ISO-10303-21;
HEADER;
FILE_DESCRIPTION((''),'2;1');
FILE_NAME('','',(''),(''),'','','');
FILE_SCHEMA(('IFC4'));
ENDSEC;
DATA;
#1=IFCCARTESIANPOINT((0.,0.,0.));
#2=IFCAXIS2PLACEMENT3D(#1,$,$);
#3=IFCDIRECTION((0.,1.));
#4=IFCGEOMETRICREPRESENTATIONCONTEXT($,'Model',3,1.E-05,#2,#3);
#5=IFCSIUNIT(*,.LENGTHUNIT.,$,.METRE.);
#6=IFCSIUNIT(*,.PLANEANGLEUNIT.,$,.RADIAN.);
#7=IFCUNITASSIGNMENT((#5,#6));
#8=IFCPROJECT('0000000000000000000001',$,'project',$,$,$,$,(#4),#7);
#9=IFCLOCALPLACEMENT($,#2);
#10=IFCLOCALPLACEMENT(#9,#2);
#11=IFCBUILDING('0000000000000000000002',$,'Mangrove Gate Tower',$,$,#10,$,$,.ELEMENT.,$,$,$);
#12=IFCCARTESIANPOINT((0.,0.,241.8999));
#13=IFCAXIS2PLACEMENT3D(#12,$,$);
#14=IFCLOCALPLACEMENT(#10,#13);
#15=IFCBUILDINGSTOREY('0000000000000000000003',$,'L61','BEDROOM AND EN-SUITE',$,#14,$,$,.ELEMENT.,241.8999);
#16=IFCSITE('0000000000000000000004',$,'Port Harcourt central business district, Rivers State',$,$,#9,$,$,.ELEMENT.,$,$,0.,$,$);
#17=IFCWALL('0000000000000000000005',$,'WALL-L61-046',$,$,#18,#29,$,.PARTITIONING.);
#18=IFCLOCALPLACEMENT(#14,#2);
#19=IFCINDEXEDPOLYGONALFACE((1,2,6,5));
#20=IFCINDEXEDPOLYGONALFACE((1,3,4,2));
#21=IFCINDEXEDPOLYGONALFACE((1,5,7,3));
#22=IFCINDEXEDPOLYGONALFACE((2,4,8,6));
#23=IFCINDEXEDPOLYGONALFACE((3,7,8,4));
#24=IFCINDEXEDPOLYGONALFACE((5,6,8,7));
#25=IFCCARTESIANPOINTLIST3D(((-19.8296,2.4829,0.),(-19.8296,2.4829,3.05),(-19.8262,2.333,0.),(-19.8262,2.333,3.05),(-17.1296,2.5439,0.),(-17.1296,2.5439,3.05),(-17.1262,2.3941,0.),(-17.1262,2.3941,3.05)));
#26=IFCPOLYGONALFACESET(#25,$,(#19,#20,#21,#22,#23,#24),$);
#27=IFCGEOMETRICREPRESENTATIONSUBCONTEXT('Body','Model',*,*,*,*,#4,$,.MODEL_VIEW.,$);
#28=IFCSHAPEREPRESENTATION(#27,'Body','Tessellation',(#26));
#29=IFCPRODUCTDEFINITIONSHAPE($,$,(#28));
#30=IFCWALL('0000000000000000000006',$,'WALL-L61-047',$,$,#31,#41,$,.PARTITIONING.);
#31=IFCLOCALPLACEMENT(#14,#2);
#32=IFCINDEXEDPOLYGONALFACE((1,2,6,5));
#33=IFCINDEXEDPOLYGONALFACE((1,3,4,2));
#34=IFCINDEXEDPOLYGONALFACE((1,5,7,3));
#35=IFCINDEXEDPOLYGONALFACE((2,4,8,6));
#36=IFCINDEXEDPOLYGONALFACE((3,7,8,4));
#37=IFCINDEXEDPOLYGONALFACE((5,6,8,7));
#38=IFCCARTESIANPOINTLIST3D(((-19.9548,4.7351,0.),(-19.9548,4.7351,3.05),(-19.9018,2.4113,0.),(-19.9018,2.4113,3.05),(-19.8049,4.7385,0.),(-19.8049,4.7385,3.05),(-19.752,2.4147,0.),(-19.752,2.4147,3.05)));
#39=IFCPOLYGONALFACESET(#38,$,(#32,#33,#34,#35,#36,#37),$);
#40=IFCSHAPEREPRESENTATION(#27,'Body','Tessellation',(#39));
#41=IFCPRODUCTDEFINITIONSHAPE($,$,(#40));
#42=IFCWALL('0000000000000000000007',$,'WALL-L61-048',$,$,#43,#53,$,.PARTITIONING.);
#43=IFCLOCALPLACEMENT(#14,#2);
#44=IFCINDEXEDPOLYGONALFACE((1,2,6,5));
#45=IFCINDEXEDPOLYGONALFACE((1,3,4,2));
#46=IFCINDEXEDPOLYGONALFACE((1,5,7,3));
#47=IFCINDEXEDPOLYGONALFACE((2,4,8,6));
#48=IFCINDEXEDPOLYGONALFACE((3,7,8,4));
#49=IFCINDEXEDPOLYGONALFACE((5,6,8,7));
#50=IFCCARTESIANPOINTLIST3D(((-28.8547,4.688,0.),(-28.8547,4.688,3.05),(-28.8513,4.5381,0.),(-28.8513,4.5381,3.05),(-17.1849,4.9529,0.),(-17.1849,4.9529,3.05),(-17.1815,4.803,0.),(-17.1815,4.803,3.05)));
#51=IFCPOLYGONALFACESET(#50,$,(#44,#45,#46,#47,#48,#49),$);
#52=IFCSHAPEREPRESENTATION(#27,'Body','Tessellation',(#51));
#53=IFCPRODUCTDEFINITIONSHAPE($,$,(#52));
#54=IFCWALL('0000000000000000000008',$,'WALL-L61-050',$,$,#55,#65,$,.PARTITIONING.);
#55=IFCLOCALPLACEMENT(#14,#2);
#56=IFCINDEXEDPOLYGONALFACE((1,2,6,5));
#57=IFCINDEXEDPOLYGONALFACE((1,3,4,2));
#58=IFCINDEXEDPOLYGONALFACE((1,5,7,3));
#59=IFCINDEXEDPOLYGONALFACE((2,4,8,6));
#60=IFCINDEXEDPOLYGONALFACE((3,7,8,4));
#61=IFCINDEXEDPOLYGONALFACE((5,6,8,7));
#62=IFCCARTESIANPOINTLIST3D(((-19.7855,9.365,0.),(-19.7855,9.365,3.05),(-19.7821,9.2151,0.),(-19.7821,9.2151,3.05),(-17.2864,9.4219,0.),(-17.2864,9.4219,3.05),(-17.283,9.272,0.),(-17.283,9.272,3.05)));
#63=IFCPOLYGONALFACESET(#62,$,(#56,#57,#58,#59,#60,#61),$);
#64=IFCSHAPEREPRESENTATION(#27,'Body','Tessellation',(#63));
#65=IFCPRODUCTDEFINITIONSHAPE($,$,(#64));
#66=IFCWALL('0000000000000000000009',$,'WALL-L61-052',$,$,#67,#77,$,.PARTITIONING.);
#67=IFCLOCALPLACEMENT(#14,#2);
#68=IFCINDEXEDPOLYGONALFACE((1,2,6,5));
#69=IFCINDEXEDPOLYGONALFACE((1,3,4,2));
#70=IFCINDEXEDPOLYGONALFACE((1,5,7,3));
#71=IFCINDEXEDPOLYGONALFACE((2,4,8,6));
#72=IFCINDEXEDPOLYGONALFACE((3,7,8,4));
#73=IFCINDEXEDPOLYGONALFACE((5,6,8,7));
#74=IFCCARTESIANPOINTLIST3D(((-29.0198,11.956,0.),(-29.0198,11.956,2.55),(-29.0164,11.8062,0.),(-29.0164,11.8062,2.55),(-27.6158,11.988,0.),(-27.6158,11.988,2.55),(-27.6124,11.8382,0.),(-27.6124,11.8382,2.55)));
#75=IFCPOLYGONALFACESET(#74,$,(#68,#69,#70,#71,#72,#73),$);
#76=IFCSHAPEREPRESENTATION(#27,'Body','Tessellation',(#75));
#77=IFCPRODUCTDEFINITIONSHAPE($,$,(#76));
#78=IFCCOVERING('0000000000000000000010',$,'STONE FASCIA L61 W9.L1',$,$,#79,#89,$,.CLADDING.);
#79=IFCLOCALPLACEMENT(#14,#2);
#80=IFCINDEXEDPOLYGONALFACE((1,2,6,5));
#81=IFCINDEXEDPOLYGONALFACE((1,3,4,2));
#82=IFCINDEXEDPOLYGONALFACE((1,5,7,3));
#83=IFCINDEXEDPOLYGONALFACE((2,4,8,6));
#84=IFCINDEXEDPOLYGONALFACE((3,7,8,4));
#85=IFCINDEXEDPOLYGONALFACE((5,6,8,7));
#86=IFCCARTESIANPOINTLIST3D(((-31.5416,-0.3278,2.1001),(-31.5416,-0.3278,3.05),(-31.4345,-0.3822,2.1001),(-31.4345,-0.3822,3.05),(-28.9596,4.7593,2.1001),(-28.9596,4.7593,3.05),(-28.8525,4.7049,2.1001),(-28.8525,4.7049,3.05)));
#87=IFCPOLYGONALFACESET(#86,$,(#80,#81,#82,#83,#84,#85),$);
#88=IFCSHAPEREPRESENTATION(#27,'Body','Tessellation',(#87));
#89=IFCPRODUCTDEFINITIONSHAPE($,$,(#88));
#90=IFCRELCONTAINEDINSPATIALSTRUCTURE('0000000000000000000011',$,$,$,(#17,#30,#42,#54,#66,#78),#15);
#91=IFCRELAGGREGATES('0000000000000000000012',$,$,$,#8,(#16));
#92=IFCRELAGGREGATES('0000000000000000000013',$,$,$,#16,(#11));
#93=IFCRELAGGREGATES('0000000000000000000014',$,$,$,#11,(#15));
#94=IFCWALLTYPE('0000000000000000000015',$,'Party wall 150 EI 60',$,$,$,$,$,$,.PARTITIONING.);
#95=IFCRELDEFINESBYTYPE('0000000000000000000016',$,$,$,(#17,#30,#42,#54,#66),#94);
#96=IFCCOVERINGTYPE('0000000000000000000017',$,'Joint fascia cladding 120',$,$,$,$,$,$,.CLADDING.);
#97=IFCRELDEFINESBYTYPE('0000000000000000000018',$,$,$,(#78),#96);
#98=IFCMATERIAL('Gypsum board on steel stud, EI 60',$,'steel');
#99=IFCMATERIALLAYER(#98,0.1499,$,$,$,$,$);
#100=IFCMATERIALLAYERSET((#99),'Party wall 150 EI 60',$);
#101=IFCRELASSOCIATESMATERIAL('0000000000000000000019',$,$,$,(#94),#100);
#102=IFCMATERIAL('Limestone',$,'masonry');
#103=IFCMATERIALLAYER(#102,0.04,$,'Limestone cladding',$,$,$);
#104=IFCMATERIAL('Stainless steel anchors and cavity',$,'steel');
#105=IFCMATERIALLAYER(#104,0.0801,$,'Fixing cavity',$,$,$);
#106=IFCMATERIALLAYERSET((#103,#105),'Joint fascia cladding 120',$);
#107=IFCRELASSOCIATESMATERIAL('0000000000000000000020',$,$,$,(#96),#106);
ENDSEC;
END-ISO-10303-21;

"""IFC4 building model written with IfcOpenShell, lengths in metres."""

from ifc_helpers import new_model, si_unit, direction, frame, frame_2d, origin, place, context, subcontext, project, spatial, rectangle, extrude, material, layer, layer_set, type_object, element, save


model = new_model("IFC4")

# Units and contexts
model_context = context("Model", 3, precision=1e-05, world=origin(), true_north=direction((0.0, 1.0)))
body_context = subcontext(model_context, "Body", "Model", "MODEL_VIEW")
ifc_project = project(units=[si_unit("LENGTHUNIT", "METRE"), si_unit("PLANEANGLEUNIT", "RADIAN")], contexts=[model_context])

# Site, building, storey
site_placement = place(None, origin())
site = spatial("IfcSite", under=ifc_project, at=site_placement, Name="Port Harcourt central business district, Rivers State", CompositionType="ELEMENT", RefElevation=0.0)
building_placement = place(site_placement, origin())
building = spatial("IfcBuilding", under=site, at=building_placement, Name="Mangrove Gate Tower", CompositionType="ELEMENT")
storey_placement = place(building_placement, frame((0.0, 0.0, 241.8999)))
storey = spatial("IfcBuildingStorey", under=building, at=storey_placement, Name="L61", Description="BEDROOM AND EN-SUITE", CompositionType="ELEMENT", Elevation=241.8999)

# Shared definitions
ifc_material_1 = material(Name="Limestone", Category="masonry")

# Walls
ifc_material_2 = material(Name="Gypsum board on steel stud, EI 60", Category="steel")
ifc_layer_1 = layer(ifc_material_2, 0.1499)
ifc_layer_set_1 = layer_set([ifc_layer_1], Name="Party wall 150 EI 60")
wall_type_1 = type_object("IfcWallType", Name="Party wall 150 EI 60", PredefinedType="PARTITIONING", material=ifc_layer_set_1)
wall_1_placement = place(storey_placement, frame((-19.8279, 2.408, 0.0), z_axis=(0.0, 0.0, 1.0), x_axis=(0.999745, 0.0226, 0.0)))
element("IfcWall", 1, at=wall_1_placement, inside=storey, type_object=wall_type_1, Name="WALL-L61-046", PredefinedType="PARTITIONING", context=body_context, shape_type="SweptSolid", body=[
    extrude(rectangle(XDim=2.7007, YDim=0.1499, at=frame_2d((1.3503, 0.0))), origin(), (0.0, 0.0, 1.0), 3.05),
])
wall_2_placement = place(storey_placement, frame((-19.8269, 2.4131, 0.0), z_axis=(0.0, 0.0, 1.0), x_axis=(-0.022791, 0.99974, 0.0)))
element("IfcWall", 2, at=wall_2_placement, inside=storey, type_object=wall_type_1, Name="WALL-L61-047", PredefinedType="PARTITIONING", context=body_context, shape_type="SweptSolid", body=[
    extrude(rectangle(XDim=2.3245, YDim=0.1499, at=frame_2d((1.1621, 0.0))), origin(), (0.0, 0.0, 1.0), 3.05),
])
wall_3_placement = place(storey_placement, frame((-28.853, 4.613, 0.0), z_axis=(0.0, 0.0, 1.0), x_axis=(0.999742, 0.022693, 0.0)))
element("IfcWall", 3, at=wall_3_placement, inside=storey, type_object=wall_type_1, Name="WALL-L61-048", PredefinedType="PARTITIONING", context=body_context, shape_type="SweptSolid", body=[
    extrude(rectangle(XDim=11.6729, YDim=0.1499, at=frame_2d((5.8364, 0.0))), origin(), (0.0, 0.0, 1.0), 3.05),
])
wall_4_placement = place(storey_placement, frame((-19.7839, 9.29, 0.0), z_axis=(0.0, 0.0, 1.0), x_axis=(0.999741, 0.022757, 0.0)))
element("IfcWall", 4, at=wall_4_placement, inside=storey, type_object=wall_type_1, Name="WALL-L61-050", PredefinedType="PARTITIONING", context=body_context, shape_type="SweptSolid", body=[
    extrude(rectangle(XDim=2.4998, YDim=0.1499, at=frame_2d((1.25, 0.0))), origin(), (0.0, 0.0, 1.0), 3.05),
])
wall_5_placement = place(storey_placement, frame((-29.0181, 11.8811, 0.0), z_axis=(0.0, 0.0, 1.0), x_axis=(0.999741, 0.022773, 0.0)))
element("IfcWall", 5, at=wall_5_placement, inside=storey, type_object=wall_type_1, Name="WALL-L61-052", PredefinedType="PARTITIONING", context=body_context, shape_type="SweptSolid", body=[
    extrude(rectangle(XDim=1.4043, YDim=0.1499, at=frame_2d((0.7021, 0.0))), origin(), (0.0, 0.0, 1.0), 2.55),
])

# Covering
ifc_layer_2 = layer(ifc_material_1, 0.04, Name="Limestone cladding")
ifc_material_3 = material(Name="Stainless steel anchors and cavity", Category="steel")
ifc_layer_3 = layer(ifc_material_3, 0.0801, Name="Fixing cavity")
ifc_layer_set_2 = layer_set([ifc_layer_2, ifc_layer_3], Name="Joint fascia cladding 120")
covering_type = type_object("IfcCoveringType", Name="Joint fascia cladding 120", PredefinedType="CLADDING", material=ifc_layer_set_2)
covering_placement = place(storey_placement, frame((-28.906, 4.7322, 2.1001), z_axis=(0.0, 0.0, 1.0), x_axis=(-0.452598, -0.891715, 0.0)))
element("IfcCovering", 6, at=covering_placement, inside=storey, type_object=covering_type, Name="STONE FASCIA L61 W9.L1", PredefinedType="CLADDING", context=body_context, shape_type="SweptSolid", body=[
    extrude(rectangle(XDim=5.7048, YDim=0.1201, at=frame_2d((2.8525, 0.0))), origin(), (0.0, 0.0, 1.0), 0.95),
])

save(model, "model.ifc")
